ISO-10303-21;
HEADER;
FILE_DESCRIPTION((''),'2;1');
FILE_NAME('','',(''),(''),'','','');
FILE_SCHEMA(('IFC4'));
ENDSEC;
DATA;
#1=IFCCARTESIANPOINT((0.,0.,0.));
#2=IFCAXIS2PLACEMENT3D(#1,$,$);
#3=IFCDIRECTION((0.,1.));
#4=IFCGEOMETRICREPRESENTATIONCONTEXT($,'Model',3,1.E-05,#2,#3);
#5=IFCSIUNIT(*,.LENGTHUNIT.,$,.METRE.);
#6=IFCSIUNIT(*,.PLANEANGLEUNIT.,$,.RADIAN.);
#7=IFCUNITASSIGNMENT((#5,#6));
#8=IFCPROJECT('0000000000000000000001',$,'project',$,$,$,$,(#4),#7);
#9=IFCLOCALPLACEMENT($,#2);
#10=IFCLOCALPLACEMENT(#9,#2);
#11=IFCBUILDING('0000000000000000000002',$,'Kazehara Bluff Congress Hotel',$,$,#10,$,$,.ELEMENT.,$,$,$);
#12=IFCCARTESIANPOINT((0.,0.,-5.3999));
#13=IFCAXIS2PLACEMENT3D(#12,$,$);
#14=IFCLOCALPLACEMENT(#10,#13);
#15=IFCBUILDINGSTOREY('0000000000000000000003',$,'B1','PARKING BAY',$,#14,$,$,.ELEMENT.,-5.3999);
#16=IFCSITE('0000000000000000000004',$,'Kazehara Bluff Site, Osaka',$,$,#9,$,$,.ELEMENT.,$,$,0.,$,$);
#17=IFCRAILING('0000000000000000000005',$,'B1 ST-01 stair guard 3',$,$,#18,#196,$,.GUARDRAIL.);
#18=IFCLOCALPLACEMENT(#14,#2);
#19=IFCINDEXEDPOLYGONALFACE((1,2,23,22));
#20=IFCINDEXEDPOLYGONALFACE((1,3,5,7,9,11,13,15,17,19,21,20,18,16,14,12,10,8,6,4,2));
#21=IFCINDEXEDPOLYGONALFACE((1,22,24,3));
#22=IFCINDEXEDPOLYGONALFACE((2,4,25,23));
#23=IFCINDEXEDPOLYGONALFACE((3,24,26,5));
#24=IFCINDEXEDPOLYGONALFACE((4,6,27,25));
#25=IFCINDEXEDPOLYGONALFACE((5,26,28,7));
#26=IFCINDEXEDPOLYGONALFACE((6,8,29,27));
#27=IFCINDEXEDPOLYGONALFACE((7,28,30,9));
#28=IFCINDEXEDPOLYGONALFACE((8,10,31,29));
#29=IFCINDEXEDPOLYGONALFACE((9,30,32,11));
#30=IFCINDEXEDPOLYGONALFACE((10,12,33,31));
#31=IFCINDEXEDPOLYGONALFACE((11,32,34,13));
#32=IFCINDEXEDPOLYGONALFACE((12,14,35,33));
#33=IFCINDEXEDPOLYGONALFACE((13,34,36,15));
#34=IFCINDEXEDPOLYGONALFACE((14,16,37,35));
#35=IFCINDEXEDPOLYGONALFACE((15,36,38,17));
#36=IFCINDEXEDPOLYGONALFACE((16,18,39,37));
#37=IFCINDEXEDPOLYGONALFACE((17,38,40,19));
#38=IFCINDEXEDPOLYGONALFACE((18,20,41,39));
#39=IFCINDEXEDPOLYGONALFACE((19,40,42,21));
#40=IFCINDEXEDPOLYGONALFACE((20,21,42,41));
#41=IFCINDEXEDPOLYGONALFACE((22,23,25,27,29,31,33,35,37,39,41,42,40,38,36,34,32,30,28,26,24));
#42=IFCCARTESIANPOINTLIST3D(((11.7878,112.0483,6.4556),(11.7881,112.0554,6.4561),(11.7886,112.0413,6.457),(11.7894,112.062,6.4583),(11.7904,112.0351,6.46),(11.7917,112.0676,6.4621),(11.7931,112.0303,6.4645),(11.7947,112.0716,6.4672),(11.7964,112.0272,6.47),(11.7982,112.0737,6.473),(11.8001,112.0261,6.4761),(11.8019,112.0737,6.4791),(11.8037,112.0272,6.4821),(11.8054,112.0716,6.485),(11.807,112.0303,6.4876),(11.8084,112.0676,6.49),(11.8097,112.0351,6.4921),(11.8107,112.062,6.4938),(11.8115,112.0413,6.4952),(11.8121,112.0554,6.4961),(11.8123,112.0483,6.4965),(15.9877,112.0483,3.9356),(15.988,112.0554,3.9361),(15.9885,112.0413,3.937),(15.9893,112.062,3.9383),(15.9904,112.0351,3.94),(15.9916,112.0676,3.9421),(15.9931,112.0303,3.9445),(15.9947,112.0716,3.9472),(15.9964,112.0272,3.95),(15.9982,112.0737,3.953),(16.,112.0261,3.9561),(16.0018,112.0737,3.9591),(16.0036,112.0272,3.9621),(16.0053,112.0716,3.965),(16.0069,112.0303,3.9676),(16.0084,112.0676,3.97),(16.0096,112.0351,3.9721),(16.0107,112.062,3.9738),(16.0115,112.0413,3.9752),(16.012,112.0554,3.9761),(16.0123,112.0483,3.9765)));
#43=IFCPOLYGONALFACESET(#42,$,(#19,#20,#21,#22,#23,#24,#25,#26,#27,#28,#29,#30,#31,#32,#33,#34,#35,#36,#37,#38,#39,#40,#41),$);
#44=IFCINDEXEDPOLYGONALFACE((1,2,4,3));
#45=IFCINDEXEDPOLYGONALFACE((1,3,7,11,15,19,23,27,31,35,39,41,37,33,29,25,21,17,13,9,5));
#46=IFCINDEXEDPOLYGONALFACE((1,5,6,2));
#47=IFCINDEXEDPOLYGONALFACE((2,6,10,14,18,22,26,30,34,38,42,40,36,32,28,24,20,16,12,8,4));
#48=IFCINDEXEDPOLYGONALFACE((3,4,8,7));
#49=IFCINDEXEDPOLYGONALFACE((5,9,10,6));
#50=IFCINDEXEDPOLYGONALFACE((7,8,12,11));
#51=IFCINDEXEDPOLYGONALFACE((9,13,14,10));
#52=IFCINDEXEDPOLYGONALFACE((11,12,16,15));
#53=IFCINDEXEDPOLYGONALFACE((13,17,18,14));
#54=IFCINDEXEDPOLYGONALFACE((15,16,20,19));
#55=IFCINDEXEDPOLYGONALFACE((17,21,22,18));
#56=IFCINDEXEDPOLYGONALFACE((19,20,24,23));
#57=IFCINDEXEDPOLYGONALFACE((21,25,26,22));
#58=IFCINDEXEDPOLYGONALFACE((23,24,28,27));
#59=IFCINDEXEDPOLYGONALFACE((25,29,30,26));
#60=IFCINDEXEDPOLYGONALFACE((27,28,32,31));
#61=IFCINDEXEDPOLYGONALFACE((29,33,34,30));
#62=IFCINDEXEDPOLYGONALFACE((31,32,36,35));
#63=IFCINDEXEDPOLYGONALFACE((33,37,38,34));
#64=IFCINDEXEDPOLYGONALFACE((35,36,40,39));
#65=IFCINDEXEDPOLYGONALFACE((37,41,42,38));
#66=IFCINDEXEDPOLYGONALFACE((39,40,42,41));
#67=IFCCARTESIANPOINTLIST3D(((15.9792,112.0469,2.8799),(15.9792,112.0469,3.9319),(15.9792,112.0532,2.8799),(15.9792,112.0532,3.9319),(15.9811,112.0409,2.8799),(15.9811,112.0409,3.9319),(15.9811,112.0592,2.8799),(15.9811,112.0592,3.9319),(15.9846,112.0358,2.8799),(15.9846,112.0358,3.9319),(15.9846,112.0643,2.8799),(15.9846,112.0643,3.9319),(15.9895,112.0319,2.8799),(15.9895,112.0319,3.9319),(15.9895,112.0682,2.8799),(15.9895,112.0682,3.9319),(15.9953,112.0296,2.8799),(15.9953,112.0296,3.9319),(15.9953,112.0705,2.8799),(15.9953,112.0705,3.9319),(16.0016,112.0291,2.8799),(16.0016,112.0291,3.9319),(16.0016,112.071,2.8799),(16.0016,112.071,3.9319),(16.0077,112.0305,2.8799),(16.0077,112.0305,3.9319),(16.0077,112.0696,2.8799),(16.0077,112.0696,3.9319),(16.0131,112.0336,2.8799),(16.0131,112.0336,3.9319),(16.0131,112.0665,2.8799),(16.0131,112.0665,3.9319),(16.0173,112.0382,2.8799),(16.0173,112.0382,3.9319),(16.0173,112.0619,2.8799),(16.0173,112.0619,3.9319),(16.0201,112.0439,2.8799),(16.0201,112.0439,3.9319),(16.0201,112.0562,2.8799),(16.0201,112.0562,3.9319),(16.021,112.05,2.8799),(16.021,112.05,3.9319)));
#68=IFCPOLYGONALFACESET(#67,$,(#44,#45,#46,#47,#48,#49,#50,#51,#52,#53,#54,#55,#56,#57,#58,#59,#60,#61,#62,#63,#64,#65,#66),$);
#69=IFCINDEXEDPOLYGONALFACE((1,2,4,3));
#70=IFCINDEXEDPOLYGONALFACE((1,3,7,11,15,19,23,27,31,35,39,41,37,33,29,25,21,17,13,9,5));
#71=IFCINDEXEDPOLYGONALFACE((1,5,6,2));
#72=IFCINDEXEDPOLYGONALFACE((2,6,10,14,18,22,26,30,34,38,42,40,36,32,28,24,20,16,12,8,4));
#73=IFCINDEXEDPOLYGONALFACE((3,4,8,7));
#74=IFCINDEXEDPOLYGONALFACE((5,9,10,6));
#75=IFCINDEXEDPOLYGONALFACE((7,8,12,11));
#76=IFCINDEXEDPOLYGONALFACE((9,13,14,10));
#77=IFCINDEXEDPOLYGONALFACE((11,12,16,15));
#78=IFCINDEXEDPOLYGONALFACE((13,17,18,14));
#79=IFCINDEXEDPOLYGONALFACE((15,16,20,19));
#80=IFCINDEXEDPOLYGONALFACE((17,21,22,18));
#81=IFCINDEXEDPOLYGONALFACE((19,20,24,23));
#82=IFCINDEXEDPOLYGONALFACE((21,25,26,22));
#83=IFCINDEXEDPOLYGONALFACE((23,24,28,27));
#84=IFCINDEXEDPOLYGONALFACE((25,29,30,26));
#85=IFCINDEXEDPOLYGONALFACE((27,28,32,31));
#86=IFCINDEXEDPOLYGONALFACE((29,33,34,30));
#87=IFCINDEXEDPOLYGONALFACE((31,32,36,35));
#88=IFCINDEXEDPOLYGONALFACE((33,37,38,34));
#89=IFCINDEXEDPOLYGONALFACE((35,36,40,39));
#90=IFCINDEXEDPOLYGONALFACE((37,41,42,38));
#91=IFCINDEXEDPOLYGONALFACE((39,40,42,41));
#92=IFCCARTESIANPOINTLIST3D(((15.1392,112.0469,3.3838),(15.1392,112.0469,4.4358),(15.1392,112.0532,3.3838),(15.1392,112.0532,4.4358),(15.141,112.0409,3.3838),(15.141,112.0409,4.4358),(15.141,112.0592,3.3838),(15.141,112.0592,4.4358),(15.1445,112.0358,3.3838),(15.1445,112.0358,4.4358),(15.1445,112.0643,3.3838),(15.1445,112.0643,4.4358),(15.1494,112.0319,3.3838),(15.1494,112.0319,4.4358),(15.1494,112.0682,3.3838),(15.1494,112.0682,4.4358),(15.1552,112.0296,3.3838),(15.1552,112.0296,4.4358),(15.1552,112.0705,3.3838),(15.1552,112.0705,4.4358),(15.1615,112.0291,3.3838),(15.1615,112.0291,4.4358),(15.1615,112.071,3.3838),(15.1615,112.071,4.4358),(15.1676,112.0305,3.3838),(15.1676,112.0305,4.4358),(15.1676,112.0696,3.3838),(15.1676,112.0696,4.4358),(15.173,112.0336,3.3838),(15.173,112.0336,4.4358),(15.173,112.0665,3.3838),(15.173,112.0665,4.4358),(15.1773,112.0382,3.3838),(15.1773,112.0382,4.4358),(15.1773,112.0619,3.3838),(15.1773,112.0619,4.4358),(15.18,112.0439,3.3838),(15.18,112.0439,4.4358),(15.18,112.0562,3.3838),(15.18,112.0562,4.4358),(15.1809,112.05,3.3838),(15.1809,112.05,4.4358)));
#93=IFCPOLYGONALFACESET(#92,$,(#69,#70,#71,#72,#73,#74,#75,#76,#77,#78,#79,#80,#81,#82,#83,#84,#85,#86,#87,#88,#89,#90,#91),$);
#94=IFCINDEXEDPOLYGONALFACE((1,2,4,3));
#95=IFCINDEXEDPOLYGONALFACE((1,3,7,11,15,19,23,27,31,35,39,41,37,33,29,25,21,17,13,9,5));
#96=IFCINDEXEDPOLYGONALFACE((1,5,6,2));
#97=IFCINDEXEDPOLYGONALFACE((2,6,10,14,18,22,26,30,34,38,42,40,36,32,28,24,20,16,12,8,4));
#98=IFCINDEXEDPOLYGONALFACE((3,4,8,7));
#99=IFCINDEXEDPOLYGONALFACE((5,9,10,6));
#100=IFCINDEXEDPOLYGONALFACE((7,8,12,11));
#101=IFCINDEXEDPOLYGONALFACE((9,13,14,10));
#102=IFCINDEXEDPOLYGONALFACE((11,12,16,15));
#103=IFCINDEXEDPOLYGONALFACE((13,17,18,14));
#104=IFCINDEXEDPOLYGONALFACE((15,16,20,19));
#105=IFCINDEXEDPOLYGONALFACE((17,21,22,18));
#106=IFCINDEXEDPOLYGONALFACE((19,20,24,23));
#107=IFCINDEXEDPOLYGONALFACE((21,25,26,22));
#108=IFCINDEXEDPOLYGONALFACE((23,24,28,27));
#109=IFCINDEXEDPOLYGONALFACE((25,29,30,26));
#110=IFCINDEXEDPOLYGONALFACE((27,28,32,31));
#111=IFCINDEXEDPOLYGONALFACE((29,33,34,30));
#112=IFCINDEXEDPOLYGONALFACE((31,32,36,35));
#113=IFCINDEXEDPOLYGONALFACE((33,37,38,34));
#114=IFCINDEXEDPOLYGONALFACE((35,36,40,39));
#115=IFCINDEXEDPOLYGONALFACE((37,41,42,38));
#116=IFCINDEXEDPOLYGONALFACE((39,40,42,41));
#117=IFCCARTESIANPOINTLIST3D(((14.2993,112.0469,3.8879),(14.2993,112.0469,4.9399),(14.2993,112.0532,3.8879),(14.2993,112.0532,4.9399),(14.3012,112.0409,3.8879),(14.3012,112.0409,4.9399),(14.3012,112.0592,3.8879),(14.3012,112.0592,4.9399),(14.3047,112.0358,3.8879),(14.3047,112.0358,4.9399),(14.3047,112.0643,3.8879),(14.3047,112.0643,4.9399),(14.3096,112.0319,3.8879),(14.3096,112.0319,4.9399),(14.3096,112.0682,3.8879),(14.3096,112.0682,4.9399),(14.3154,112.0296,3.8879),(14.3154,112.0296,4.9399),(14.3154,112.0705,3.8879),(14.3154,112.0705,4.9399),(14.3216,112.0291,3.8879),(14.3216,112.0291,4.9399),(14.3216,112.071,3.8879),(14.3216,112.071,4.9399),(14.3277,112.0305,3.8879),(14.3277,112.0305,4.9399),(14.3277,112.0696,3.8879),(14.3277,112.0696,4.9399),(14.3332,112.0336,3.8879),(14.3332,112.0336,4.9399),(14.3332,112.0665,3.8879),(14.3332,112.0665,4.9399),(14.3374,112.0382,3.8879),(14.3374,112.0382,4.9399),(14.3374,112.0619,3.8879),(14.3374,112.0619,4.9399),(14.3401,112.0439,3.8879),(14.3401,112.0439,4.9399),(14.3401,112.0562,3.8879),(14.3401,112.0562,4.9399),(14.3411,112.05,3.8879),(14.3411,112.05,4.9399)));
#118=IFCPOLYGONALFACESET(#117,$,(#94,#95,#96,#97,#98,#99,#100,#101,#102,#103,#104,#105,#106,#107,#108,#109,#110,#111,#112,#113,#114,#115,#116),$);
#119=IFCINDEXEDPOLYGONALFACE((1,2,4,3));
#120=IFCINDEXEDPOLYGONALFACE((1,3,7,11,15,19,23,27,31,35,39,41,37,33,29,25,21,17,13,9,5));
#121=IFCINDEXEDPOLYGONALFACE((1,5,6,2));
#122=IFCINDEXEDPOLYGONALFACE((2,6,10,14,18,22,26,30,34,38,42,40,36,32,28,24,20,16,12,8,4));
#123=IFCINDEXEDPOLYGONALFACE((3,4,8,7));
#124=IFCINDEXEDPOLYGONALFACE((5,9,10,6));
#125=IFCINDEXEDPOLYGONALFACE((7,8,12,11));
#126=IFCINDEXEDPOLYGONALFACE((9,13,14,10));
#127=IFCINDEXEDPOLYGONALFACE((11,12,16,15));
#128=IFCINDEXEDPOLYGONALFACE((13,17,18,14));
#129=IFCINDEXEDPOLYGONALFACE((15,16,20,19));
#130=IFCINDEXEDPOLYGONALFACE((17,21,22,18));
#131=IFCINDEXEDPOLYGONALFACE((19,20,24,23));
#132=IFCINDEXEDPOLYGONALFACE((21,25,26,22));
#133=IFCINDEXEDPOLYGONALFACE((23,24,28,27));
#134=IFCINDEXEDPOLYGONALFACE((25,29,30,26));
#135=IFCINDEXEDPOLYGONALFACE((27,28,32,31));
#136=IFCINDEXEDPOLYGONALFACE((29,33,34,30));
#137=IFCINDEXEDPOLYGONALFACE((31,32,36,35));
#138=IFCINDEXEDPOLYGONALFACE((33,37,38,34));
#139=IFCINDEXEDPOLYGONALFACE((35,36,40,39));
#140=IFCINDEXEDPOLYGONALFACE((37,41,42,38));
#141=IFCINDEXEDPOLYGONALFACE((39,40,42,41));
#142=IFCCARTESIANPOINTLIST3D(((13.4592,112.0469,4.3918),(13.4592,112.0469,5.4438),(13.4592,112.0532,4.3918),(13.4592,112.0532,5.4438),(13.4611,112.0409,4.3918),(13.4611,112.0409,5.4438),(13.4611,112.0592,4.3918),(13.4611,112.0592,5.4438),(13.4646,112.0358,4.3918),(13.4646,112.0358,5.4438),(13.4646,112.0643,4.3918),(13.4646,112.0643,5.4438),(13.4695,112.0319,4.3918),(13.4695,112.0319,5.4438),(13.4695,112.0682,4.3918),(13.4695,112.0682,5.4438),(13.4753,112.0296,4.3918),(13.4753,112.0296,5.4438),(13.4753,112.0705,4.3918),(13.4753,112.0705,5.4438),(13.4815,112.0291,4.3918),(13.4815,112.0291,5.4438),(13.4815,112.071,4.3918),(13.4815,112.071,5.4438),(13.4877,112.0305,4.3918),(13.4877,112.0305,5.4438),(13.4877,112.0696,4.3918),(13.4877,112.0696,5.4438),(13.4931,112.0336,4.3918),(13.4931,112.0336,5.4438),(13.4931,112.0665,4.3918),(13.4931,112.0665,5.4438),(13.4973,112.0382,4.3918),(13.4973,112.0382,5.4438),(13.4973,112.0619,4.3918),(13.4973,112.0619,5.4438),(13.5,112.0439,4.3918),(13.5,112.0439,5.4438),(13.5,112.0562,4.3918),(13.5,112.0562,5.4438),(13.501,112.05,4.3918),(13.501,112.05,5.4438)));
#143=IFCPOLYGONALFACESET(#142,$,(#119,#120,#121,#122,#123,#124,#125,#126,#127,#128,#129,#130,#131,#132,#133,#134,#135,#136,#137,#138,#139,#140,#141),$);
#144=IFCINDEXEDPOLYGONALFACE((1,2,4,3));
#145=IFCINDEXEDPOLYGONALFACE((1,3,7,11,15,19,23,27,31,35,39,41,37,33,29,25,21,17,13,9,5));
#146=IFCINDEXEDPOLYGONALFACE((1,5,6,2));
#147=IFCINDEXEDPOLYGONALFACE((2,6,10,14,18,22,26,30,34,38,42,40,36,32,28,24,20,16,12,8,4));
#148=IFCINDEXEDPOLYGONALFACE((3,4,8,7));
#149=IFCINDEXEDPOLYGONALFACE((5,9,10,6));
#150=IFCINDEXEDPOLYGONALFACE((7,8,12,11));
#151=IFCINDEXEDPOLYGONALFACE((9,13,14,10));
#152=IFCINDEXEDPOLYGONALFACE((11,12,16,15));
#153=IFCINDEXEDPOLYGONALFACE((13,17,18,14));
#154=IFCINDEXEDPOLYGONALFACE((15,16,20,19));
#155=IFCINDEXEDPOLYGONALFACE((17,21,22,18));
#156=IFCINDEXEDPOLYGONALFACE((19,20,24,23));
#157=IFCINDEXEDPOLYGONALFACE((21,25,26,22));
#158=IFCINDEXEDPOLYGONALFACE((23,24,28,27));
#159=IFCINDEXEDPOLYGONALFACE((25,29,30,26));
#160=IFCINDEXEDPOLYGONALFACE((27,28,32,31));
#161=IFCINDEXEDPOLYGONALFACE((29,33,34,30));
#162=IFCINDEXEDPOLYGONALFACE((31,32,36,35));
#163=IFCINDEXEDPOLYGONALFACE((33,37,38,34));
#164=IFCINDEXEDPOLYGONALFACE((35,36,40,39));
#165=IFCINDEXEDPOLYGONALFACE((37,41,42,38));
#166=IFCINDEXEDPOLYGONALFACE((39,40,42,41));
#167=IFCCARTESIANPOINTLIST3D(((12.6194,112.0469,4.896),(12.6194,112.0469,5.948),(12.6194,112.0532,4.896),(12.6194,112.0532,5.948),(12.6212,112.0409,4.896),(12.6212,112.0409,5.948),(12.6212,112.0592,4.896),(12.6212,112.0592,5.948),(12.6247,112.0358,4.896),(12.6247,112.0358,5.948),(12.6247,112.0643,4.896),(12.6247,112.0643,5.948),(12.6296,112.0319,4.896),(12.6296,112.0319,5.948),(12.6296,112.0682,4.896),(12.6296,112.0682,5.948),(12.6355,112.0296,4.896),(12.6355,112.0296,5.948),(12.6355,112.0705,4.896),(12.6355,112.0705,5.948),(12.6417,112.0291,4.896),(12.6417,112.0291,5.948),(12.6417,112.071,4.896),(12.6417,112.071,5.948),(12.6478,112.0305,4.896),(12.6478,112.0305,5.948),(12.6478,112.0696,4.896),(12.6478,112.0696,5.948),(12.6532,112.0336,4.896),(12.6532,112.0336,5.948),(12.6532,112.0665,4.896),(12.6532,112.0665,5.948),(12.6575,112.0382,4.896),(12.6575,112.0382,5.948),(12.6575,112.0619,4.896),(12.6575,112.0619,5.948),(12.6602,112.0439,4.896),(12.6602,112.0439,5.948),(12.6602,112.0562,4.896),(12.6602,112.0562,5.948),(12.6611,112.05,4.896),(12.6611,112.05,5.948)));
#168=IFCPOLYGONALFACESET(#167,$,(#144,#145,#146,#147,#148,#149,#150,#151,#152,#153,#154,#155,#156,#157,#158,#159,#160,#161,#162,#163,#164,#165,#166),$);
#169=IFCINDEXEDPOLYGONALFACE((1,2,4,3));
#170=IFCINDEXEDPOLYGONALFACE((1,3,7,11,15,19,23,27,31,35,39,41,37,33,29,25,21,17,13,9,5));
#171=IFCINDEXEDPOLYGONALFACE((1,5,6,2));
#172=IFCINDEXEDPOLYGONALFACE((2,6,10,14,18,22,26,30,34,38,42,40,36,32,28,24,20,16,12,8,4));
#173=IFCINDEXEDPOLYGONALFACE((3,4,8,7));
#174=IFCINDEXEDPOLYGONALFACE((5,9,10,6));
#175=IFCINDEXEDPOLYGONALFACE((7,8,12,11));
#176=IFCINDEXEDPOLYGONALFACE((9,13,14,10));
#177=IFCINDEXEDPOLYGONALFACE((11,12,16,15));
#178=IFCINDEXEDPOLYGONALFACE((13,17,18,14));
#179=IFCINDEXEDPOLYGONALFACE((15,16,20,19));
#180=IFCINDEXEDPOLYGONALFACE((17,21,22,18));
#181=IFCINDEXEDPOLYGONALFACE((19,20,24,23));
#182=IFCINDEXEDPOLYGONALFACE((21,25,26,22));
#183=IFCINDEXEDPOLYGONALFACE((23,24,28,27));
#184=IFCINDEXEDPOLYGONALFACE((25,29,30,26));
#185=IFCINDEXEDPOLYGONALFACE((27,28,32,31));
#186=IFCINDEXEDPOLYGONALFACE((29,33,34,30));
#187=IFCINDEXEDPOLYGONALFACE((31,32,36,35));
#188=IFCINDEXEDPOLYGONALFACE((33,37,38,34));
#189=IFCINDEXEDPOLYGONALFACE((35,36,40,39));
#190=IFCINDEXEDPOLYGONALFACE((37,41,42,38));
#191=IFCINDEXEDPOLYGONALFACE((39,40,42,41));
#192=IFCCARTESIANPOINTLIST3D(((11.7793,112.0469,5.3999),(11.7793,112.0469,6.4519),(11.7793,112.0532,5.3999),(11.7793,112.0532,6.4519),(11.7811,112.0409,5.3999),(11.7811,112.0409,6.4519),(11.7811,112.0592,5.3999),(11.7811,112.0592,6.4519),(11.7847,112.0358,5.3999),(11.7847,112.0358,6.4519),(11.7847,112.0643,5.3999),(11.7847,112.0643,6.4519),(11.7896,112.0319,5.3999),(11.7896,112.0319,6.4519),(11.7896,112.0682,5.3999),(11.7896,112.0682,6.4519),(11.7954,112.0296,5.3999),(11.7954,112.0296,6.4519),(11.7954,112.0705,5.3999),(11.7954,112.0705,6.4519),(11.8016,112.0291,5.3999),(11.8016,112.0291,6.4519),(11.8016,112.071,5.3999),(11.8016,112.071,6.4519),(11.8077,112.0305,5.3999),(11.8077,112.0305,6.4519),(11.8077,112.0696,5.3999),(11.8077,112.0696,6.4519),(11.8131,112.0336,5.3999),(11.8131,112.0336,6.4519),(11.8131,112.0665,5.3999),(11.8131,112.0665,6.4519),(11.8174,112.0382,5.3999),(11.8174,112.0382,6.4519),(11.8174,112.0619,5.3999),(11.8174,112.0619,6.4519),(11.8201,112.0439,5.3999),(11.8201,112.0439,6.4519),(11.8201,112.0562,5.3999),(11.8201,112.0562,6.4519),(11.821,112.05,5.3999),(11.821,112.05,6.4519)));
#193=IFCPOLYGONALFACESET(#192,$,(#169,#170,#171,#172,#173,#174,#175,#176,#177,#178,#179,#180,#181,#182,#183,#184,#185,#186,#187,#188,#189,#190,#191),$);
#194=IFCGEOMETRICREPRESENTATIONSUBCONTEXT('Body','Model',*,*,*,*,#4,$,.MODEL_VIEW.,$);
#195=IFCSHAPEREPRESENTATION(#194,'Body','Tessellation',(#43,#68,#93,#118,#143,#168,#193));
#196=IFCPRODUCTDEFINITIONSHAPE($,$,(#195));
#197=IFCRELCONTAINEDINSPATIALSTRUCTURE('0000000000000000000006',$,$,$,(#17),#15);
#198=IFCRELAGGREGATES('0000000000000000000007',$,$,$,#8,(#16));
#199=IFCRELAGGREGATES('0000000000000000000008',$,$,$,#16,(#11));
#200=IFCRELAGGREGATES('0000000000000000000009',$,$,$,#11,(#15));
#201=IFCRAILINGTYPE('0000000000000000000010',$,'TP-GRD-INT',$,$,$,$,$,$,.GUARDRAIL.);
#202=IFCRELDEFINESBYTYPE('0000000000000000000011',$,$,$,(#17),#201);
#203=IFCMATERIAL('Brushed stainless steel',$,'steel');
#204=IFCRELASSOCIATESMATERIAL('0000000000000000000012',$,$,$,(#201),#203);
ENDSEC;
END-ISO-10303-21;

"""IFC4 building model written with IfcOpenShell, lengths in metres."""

from ifc_helpers import new_model, si_unit, direction, frame, origin, origin_2d, place, context, subcontext, project, spatial, circle, extrude, material, type_object, element, save


model = new_model("IFC4")

# Units and contexts
model_context = context("Model", 3, precision=1e-05, world=origin(), true_north=direction((0.0, 1.0)))
body_context = subcontext(model_context, "Body", "Model", "MODEL_VIEW")
ifc_project = project(units=[si_unit("LENGTHUNIT", "METRE"), si_unit("PLANEANGLEUNIT", "RADIAN")], contexts=[model_context])

# Site, building, storey
site_placement = place(None, origin())
site = spatial("IfcSite", under=ifc_project, at=site_placement, Name="Kazehara Bluff Site, Osaka", CompositionType="ELEMENT", RefElevation=0.0)
building_placement = place(site_placement, origin())
building = spatial("IfcBuilding", under=site, at=building_placement, Name="Kazehara Bluff Congress Hotel", CompositionType="ELEMENT")
storey_placement = place(building_placement, frame((0.0, 0.0, -5.3999)))
storey = spatial("IfcBuildingStorey", under=building, at=storey_placement, Name="B1", Description="PARKING BAY", CompositionType="ELEMENT", Elevation=-5.3999)

# Railing
ifc_material_1 = material(Name="Brushed stainless steel", Category="steel")
railing_type_1 = type_object("IfcRailingType", Name="TP-GRD-INT", PredefinedType="GUARDRAIL", material=ifc_material_1)
railing_1_placement = place(storey_placement, frame((16.0, 112.05, 2.8799)))
element("IfcRailing", 1, at=railing_1_placement, inside=storey, type_object=railing_type_1, Name="B1 ST-01 stair guard 3", PredefinedType="GUARDRAIL", context=body_context, shape_type="SweptSolid", body=[
    extrude(circle(Radius=0.0239, at=origin_2d()), frame((0.0, 0.0, 1.0762), z_axis=(-0.857489, 0.0, 0.514503), x_axis=(0.0, -1.0, 0.0)), (0.0, 0.0, 1.0), 4.8979),
    extrude(circle(Radius=0.021, at=origin_2d()), origin(), (0.0, 0.0, 1.0), 1.052),
    extrude(circle(Radius=0.021, at=origin_2d()), frame((-0.8401, 0.0, 0.5039)), (0.0, 0.0, 1.0), 1.052),
    extrude(circle(Radius=0.021, at=origin_2d()), frame((-1.6799, 0.0, 1.0081)), (0.0, 0.0, 1.0), 1.052),
    extrude(circle(Radius=0.021, at=origin_2d()), frame((-2.52, 0.0, 1.512)), (0.0, 0.0, 1.0), 1.052),
    extrude(circle(Radius=0.021, at=origin_2d()), frame((-3.3599, 0.0, 2.0161)), (0.0, 0.0, 1.0), 1.052),
    extrude(circle(Radius=0.021, at=origin_2d()), frame((-4.2, 0.0, 2.52)), (0.0, 0.0, 1.0), 1.052),
])

save(model, "model.ifc")
